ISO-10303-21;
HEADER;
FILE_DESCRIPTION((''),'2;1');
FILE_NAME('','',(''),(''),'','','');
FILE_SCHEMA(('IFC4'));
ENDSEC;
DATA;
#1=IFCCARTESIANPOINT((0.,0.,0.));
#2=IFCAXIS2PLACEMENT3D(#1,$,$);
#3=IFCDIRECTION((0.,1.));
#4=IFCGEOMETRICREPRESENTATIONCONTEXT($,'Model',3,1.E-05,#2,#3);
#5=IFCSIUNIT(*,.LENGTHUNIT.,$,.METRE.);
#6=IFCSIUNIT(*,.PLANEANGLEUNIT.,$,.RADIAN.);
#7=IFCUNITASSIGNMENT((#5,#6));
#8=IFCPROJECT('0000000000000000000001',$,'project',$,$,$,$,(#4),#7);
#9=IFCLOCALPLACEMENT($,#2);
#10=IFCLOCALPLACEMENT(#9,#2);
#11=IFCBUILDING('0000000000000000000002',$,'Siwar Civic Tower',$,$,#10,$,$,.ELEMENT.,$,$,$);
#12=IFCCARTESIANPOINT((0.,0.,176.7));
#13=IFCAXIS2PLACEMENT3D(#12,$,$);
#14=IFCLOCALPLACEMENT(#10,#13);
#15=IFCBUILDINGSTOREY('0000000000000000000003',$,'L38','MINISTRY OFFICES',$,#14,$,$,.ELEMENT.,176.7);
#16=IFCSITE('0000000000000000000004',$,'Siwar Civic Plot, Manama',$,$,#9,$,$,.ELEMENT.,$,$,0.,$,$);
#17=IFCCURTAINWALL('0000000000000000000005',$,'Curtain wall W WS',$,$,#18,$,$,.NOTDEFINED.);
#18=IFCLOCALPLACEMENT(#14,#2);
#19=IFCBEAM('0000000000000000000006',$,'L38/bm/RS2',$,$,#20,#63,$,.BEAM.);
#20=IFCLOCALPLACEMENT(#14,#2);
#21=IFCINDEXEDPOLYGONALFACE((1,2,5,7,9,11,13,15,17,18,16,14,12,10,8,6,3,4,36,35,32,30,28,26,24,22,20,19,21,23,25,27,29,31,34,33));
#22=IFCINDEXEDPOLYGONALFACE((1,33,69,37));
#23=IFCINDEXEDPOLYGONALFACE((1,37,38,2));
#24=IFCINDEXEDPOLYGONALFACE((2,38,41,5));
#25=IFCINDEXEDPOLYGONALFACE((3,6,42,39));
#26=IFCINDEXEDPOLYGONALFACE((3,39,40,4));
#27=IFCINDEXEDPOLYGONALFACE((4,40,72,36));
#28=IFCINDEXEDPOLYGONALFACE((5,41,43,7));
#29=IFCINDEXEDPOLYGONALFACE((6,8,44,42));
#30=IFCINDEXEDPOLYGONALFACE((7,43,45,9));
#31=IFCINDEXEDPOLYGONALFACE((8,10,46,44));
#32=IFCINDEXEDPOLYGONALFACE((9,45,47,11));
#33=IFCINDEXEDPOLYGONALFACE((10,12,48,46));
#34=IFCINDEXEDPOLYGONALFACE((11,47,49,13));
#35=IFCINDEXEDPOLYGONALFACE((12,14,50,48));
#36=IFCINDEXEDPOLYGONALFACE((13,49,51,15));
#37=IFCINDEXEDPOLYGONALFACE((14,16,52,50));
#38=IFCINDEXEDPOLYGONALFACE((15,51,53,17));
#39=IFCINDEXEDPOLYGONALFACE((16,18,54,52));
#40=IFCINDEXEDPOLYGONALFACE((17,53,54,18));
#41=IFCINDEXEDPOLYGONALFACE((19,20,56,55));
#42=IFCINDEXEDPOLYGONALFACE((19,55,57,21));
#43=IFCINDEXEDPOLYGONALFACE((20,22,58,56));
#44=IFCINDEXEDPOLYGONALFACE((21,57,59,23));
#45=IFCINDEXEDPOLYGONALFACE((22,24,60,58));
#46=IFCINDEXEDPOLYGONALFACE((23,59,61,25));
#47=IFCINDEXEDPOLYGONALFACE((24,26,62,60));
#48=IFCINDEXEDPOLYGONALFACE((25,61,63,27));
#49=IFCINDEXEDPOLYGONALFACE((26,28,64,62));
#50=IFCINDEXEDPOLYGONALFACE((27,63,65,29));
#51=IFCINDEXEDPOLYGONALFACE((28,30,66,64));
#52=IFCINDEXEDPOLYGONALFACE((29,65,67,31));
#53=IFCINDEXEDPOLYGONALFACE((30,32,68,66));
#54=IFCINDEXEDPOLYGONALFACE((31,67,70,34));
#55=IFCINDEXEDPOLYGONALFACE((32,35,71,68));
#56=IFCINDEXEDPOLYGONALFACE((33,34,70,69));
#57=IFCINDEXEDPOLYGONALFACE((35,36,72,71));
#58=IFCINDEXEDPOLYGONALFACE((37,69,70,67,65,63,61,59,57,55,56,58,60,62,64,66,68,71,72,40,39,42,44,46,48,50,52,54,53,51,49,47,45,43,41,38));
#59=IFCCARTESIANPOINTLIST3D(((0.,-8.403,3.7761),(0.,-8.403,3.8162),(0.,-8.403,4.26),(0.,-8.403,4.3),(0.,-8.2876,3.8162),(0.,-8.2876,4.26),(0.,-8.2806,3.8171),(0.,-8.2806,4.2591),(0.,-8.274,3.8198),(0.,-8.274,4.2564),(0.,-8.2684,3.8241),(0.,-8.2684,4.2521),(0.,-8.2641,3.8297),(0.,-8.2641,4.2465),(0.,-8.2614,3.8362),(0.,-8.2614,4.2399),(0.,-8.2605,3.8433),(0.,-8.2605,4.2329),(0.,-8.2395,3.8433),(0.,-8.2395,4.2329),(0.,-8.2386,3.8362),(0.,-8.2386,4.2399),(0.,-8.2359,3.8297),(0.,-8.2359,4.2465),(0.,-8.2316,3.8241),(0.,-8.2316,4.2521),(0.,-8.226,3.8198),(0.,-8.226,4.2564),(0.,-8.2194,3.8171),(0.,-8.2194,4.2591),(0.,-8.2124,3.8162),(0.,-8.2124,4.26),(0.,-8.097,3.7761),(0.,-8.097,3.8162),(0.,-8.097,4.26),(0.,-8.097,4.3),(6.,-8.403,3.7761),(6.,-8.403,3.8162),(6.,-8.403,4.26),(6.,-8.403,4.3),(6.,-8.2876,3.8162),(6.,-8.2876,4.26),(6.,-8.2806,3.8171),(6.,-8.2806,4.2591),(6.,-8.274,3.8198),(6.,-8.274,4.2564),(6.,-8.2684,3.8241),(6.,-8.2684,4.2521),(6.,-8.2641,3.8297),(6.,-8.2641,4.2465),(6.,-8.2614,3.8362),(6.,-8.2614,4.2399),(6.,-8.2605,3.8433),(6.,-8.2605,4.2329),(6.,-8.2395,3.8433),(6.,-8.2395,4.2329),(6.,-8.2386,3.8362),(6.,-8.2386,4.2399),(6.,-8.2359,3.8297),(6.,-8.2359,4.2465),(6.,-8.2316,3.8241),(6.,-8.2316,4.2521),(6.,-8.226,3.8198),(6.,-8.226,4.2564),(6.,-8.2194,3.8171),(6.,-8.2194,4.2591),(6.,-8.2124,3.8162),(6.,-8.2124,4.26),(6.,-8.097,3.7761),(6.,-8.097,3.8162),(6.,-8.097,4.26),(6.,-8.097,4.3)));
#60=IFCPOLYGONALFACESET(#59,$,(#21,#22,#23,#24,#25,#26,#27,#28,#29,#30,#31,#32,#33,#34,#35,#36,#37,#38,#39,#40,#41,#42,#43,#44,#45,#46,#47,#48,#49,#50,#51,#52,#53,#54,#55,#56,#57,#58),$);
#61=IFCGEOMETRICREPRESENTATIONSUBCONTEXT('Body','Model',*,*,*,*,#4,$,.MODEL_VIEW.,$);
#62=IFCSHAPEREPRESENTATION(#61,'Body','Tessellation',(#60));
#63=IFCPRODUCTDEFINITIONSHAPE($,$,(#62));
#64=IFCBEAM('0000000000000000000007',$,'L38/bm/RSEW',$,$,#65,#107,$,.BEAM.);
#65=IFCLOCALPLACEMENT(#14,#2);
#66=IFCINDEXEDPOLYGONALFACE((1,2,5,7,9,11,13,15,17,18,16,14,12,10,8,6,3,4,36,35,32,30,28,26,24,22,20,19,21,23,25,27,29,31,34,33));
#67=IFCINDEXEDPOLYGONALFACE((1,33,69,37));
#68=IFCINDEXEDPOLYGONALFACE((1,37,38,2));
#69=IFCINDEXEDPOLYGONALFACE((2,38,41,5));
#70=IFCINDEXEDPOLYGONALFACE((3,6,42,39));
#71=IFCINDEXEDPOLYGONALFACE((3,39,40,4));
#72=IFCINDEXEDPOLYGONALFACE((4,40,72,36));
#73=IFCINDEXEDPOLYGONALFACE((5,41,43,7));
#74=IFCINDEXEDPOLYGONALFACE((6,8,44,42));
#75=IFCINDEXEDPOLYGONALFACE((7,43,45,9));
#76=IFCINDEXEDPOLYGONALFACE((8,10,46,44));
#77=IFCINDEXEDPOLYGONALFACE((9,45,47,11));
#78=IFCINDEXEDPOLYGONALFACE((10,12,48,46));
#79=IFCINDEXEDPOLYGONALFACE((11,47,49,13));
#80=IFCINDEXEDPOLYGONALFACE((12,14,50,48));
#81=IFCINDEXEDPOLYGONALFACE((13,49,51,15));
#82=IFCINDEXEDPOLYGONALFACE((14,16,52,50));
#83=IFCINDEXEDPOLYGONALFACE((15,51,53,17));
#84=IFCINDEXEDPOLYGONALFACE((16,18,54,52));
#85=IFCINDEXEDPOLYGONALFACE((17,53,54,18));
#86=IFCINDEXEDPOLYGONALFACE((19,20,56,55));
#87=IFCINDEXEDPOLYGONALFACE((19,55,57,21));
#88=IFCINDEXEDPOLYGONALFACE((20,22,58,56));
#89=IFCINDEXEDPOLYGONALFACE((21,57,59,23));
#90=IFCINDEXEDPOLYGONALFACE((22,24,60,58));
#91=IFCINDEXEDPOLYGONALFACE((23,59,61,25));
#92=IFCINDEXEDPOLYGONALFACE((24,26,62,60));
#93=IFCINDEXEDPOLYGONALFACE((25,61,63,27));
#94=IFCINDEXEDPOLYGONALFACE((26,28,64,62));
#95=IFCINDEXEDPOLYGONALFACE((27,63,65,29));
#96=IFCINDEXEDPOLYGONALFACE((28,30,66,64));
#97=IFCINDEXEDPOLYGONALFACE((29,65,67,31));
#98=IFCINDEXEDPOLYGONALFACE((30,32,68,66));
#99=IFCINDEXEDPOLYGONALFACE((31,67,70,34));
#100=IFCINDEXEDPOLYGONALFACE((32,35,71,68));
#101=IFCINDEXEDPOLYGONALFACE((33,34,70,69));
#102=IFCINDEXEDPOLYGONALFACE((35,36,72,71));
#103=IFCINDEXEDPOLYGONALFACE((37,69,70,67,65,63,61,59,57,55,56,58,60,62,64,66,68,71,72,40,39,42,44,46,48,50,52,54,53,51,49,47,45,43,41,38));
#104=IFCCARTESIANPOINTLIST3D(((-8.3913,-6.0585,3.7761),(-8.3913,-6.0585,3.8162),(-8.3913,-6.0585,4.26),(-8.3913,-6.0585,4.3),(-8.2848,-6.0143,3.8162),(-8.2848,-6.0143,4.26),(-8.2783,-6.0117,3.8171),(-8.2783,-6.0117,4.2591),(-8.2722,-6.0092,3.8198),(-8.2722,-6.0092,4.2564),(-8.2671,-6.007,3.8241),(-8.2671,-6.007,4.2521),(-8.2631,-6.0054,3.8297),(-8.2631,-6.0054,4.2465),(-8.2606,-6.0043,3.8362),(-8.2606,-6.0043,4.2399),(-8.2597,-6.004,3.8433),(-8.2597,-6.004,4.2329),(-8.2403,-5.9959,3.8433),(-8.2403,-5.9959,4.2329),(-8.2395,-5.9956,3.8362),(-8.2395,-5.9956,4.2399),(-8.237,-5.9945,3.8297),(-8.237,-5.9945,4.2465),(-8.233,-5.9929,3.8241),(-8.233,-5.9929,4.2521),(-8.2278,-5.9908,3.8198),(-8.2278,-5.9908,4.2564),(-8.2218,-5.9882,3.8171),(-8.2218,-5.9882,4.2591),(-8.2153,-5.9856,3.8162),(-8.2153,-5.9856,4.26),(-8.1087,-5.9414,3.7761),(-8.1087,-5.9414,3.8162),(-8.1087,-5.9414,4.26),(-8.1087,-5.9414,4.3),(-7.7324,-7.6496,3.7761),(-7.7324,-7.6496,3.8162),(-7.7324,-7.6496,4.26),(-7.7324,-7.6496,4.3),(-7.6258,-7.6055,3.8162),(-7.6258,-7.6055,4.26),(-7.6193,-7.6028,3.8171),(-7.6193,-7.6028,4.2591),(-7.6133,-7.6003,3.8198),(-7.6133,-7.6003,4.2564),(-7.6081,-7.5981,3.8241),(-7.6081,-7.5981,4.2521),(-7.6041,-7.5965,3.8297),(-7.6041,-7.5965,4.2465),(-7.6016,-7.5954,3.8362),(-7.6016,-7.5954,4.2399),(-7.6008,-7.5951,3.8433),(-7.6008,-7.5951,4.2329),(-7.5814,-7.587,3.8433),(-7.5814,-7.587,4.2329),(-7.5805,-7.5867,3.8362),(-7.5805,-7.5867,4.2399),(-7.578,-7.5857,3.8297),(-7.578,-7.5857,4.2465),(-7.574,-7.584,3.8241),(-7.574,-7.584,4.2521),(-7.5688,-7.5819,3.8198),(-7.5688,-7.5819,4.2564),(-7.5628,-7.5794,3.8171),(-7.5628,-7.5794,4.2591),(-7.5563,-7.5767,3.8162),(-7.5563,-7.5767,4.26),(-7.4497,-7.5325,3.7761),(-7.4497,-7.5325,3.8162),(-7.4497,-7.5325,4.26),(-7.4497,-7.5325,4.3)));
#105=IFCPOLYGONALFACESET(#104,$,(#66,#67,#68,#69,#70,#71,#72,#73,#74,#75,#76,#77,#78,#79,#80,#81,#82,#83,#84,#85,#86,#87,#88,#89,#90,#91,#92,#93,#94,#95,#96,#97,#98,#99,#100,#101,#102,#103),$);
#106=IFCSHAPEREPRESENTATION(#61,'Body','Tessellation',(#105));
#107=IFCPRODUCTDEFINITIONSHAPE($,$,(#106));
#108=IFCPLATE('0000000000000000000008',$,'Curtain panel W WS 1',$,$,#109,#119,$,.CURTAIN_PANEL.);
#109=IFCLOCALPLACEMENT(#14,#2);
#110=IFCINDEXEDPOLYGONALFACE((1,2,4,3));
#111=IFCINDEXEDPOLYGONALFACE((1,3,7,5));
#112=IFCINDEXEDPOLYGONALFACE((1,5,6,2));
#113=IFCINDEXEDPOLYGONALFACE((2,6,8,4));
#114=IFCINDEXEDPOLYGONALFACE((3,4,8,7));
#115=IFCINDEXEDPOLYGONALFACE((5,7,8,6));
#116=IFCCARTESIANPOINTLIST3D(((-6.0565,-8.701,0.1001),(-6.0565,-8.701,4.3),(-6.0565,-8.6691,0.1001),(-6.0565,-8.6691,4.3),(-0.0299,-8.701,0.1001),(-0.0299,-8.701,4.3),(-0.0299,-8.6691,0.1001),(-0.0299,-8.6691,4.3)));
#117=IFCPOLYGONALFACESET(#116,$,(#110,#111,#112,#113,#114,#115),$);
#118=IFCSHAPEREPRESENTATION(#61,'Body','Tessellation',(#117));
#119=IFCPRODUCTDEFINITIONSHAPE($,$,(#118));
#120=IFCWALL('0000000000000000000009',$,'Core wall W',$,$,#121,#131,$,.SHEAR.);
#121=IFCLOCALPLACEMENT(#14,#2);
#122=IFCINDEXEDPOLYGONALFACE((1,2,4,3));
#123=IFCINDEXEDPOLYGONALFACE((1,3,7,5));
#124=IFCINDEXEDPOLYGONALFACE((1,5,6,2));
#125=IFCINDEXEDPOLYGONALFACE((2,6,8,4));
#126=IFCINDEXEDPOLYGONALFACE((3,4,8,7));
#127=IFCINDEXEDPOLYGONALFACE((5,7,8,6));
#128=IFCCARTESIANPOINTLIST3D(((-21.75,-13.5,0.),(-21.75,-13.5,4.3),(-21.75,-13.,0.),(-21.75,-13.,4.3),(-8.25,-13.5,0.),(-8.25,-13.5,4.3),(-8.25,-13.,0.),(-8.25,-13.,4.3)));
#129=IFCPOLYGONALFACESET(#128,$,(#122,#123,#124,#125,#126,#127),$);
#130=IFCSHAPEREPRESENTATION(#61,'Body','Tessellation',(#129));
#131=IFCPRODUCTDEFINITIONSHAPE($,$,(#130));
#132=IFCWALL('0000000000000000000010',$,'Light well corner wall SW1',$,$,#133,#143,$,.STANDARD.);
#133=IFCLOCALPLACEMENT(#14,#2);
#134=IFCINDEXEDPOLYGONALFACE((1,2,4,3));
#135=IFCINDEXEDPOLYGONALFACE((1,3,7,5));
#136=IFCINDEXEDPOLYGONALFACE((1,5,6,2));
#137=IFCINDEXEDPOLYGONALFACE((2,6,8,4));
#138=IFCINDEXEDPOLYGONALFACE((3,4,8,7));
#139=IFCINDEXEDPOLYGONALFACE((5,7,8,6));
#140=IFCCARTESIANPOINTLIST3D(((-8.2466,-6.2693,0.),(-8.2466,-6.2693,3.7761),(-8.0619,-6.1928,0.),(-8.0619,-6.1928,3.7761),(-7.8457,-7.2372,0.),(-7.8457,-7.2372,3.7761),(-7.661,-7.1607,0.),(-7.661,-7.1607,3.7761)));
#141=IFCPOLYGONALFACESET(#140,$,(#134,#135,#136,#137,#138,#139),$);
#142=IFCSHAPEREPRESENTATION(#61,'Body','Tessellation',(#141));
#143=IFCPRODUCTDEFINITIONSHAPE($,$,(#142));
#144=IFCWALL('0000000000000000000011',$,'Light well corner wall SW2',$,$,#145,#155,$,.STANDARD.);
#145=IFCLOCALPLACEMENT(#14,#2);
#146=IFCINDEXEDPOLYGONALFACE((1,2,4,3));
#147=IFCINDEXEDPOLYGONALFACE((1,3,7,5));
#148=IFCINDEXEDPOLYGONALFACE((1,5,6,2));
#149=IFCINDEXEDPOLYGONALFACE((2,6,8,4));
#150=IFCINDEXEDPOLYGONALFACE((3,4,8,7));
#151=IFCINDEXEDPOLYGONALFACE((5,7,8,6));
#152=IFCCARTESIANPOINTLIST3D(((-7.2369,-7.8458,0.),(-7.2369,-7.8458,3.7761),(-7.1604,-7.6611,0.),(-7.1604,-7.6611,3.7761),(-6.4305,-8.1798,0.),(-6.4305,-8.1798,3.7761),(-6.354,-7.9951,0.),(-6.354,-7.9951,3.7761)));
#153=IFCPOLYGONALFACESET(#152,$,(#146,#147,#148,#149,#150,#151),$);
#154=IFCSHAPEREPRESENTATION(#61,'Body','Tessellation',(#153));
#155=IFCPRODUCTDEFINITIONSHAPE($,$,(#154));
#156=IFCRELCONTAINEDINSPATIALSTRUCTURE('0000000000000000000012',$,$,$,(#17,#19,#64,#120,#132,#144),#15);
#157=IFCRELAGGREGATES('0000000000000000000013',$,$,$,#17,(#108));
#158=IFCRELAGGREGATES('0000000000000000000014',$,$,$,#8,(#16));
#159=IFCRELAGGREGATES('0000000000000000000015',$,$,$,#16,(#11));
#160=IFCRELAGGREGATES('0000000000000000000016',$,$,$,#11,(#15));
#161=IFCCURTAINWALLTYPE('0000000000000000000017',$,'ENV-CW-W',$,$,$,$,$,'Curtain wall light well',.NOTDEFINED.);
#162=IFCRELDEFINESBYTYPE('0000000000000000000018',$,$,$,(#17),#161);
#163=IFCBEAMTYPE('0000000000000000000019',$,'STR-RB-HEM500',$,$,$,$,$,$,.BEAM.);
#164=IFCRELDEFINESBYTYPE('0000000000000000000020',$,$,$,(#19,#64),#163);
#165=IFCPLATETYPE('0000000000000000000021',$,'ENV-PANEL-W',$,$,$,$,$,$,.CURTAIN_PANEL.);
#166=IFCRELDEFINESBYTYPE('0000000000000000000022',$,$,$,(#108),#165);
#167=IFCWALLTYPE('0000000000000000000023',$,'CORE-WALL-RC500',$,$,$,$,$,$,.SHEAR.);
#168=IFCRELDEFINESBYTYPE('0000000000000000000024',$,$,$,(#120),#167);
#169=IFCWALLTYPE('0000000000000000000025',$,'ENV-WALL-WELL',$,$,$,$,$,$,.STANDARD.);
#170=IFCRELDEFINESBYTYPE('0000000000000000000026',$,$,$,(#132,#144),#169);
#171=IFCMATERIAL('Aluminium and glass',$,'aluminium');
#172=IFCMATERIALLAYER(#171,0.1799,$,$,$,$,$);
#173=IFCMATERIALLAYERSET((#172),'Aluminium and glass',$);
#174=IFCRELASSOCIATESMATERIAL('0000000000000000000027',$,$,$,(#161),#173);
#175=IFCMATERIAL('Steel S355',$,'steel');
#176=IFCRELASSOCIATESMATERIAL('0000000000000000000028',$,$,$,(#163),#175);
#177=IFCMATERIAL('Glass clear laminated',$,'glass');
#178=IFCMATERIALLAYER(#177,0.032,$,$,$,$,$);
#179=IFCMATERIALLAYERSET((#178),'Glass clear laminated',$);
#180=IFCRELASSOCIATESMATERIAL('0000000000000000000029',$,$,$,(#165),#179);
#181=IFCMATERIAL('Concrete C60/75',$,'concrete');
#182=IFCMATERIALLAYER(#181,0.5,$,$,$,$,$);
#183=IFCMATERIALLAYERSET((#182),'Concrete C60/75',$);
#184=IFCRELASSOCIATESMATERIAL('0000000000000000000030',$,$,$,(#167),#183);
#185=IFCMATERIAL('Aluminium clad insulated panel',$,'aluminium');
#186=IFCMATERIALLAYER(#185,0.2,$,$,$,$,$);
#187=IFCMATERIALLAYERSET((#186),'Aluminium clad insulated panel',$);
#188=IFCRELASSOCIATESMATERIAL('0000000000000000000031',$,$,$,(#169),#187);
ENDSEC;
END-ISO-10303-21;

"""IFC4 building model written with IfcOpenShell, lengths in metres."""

from ifc_helpers import new_model, si_unit, direction, frame, frame_2d, origin, origin_2d, place, context, subcontext, project, spatial, rectangle, i_section, extrude, material, layer, layer_set, material_profile, profile_set, type_object, element, aggregate, save


model = new_model("IFC4")

# Units and contexts
model_context = context("Model", 3, precision=1e-05, world=origin(), true_north=direction((0.0, 1.0)))
body_context = subcontext(model_context, "Body", "Model", "MODEL_VIEW")
ifc_project = project(units=[si_unit("LENGTHUNIT", "METRE"), si_unit("PLANEANGLEUNIT", "RADIAN")], contexts=[model_context])

# Site, building, storey
site_placement = place(None, origin())
site = spatial("IfcSite", under=ifc_project, at=site_placement, Name="Siwar Civic Plot, Manama", CompositionType="ELEMENT", RefElevation=0.0)
building_placement = place(site_placement, origin())
building = spatial("IfcBuilding", under=site, at=building_placement, Name="Siwar Civic Tower", CompositionType="ELEMENT")
storey_placement = place(building_placement, frame((0.0, 0.0, 176.7)))
storey = spatial("IfcBuildingStorey", under=building, at=storey_placement, Name="L38", Description="MINISTRY OFFICES", CompositionType="ELEMENT", Elevation=176.7)

# Curtain wall
ifc_material_1 = material(Name="Aluminium and glass", Category="aluminium")
ifc_layer_1 = layer(ifc_material_1, 0.1799)
ifc_layer_set_1 = layer_set([ifc_layer_1], Name="Aluminium and glass")
curtain_wall_type = type_object("IfcCurtainWallType", Name="ENV-CW-W", ElementType="Curtain wall light well", PredefinedType="NOTDEFINED", material=ifc_layer_set_1)
curtain_wall_placement = place(storey_placement, origin())
curtain_wall = element("IfcCurtainWall", 1, at=curtain_wall_placement, inside=storey, type_object=curtain_wall_type, Name="Curtain wall W WS", PredefinedType="NOTDEFINED")

# Beams
ifc_material_2 = material(Name="Steel S355", Category="steel")
ifc_material_profile_1 = material_profile(ifc_material_2, i_section(OverallWidth=0.3059, OverallDepth=0.5239, WebThickness=0.021, FlangeThickness=0.04, FilletRadius=0.0271, at=origin_2d()), Name="HEM500")
ifc_profile_set_1 = profile_set([ifc_material_profile_1], Name="Steel S355")
beam_type = type_object("IfcBeamType", Name="STR-RB-HEM500", PredefinedType="BEAM", material=ifc_profile_set_1)
for number, where, z_axis, x_axis, name in (
    (2, (0.0, -8.25, 4.0381), (1.0, 0.0, 0.0), (0.0, 1.0, 0.0), "L38/bm/RS2"),
):
    element("IfcBeam", number, at=place(storey_placement, frame(where, z_axis=z_axis, x_axis=x_axis)), inside=storey, type_object=beam_type, Name=name, PredefinedType="BEAM", context=body_context, shape_type="SweptSolid", body=[
        extrude(i_section(OverallWidth=0.3059, OverallDepth=0.5239, WebThickness=0.021, FlangeThickness=0.04, FilletRadius=0.0271, at=origin_2d()), origin(), (0.0, 0.0, 1.0), 6.0),
    ])
beam_1_placement = place(storey_placement, frame((-7.5911, -7.5911, 4.0381), z_axis=(-0.382631, 0.923901, 0.0), x_axis=(-0.923901, -0.382631, 0.0)))
element("IfcBeam", 3, at=beam_1_placement, inside=storey, type_object=beam_type, Name="L38/bm/RSEW", PredefinedType="BEAM", context=body_context, shape_type="SweptSolid", body=[
    extrude(i_section(OverallWidth=0.3059, OverallDepth=0.5239, WebThickness=0.021, FlangeThickness=0.04, FilletRadius=0.0271, at=origin_2d()), origin(), (0.0, 0.0, 1.0), 1.7222),
])

# Plate
ifc_material_3 = material(Name="Glass clear laminated", Category="glass")
ifc_layer_2 = layer(ifc_material_3, 0.032)
ifc_layer_set_2 = layer_set([ifc_layer_2], Name="Glass clear laminated")
plate_type = type_object("IfcPlateType", Name="ENV-PANEL-W", PredefinedType="CURTAIN_PANEL", material=ifc_layer_set_2)
plate_placement = place(storey_placement, frame((-3.0432, -8.6851, 0.1001), z_axis=(0.0, 0.0, 1.0), x_axis=(1.0, 0.0, 0.0)))
plate = element("IfcPlate", 4, at=plate_placement, type_object=plate_type, Name="Curtain panel W WS 1", PredefinedType="CURTAIN_PANEL", context=body_context, shape_type="SweptSolid", body=[
    extrude(rectangle(XDim=6.0266, YDim=0.032, at=origin_2d()), origin(), (0.0, 0.0, 1.0), 4.2),
])
aggregate(curtain_wall, [plate])

# Walls
ifc_material_4 = material(Name="Concrete C60/75", Category="concrete")
ifc_layer_3 = layer(ifc_material_4, 0.5)
ifc_layer_set_3 = layer_set([ifc_layer_3], Name="Concrete C60/75")
wall_type_1 = type_object("IfcWallType", Name="CORE-WALL-RC500", PredefinedType="SHEAR", material=ifc_layer_set_3)
wall_1_placement = place(storey_placement, frame((-8.25, -13.25, 0.0), z_axis=(0.0, 0.0, 1.0), x_axis=(-1.0, 0.0, 0.0)))
element("IfcWall", 5, at=wall_1_placement, inside=storey, type_object=wall_type_1, Name="Core wall W", PredefinedType="SHEAR", context=body_context, shape_type="SweptSolid", body=[
    extrude(rectangle(XDim=13.5, YDim=0.5, at=frame_2d((6.75, 0.0))), origin(), (0.0, 0.0, 1.0), 4.3),
])
ifc_material_5 = material(Name="Aluminium clad insulated panel", Category="aluminium")
ifc_layer_4 = layer(ifc_material_5, 0.2)
ifc_layer_set_4 = layer_set([ifc_layer_4], Name="Aluminium clad insulated panel")
wall_type_2 = type_object("IfcWallType", Name="ENV-WALL-WELL", PredefinedType="STANDARD", material=ifc_layer_set_4)
wall_2_placement = place(storey_placement, frame((-8.1543, -6.231, 0.0), z_axis=(0.0, 0.0, 1.0), x_axis=(0.382695, -0.923875, 0.0)))
element("IfcWall", 6, at=wall_2_placement, inside=storey, type_object=wall_type_2, Name="Light well corner wall SW1", PredefinedType="STANDARD", context=body_context, shape_type="SweptSolid", body=[
    extrude(rectangle(XDim=1.0476, YDim=0.2, at=frame_2d((0.5239, 0.0))), origin(), (0.0, 0.0, 1.0), 3.7761),
])
wall_3_placement = place(storey_placement, frame((-7.1987, -7.7534, 0.0), z_axis=(0.0, 0.0, 1.0), x_axis=(0.923894, -0.382648, 0.0)))
element("IfcWall", 7, at=wall_3_placement, inside=storey, type_object=wall_type_2, Name="Light well corner wall SW2", PredefinedType="STANDARD", context=body_context, shape_type="SweptSolid", body=[
    extrude(rectangle(XDim=0.8728, YDim=0.2, at=frame_2d((0.4365, 0.0))), origin(), (0.0, 0.0, 1.0), 3.7761),
])

save(model, "model.ifc")
